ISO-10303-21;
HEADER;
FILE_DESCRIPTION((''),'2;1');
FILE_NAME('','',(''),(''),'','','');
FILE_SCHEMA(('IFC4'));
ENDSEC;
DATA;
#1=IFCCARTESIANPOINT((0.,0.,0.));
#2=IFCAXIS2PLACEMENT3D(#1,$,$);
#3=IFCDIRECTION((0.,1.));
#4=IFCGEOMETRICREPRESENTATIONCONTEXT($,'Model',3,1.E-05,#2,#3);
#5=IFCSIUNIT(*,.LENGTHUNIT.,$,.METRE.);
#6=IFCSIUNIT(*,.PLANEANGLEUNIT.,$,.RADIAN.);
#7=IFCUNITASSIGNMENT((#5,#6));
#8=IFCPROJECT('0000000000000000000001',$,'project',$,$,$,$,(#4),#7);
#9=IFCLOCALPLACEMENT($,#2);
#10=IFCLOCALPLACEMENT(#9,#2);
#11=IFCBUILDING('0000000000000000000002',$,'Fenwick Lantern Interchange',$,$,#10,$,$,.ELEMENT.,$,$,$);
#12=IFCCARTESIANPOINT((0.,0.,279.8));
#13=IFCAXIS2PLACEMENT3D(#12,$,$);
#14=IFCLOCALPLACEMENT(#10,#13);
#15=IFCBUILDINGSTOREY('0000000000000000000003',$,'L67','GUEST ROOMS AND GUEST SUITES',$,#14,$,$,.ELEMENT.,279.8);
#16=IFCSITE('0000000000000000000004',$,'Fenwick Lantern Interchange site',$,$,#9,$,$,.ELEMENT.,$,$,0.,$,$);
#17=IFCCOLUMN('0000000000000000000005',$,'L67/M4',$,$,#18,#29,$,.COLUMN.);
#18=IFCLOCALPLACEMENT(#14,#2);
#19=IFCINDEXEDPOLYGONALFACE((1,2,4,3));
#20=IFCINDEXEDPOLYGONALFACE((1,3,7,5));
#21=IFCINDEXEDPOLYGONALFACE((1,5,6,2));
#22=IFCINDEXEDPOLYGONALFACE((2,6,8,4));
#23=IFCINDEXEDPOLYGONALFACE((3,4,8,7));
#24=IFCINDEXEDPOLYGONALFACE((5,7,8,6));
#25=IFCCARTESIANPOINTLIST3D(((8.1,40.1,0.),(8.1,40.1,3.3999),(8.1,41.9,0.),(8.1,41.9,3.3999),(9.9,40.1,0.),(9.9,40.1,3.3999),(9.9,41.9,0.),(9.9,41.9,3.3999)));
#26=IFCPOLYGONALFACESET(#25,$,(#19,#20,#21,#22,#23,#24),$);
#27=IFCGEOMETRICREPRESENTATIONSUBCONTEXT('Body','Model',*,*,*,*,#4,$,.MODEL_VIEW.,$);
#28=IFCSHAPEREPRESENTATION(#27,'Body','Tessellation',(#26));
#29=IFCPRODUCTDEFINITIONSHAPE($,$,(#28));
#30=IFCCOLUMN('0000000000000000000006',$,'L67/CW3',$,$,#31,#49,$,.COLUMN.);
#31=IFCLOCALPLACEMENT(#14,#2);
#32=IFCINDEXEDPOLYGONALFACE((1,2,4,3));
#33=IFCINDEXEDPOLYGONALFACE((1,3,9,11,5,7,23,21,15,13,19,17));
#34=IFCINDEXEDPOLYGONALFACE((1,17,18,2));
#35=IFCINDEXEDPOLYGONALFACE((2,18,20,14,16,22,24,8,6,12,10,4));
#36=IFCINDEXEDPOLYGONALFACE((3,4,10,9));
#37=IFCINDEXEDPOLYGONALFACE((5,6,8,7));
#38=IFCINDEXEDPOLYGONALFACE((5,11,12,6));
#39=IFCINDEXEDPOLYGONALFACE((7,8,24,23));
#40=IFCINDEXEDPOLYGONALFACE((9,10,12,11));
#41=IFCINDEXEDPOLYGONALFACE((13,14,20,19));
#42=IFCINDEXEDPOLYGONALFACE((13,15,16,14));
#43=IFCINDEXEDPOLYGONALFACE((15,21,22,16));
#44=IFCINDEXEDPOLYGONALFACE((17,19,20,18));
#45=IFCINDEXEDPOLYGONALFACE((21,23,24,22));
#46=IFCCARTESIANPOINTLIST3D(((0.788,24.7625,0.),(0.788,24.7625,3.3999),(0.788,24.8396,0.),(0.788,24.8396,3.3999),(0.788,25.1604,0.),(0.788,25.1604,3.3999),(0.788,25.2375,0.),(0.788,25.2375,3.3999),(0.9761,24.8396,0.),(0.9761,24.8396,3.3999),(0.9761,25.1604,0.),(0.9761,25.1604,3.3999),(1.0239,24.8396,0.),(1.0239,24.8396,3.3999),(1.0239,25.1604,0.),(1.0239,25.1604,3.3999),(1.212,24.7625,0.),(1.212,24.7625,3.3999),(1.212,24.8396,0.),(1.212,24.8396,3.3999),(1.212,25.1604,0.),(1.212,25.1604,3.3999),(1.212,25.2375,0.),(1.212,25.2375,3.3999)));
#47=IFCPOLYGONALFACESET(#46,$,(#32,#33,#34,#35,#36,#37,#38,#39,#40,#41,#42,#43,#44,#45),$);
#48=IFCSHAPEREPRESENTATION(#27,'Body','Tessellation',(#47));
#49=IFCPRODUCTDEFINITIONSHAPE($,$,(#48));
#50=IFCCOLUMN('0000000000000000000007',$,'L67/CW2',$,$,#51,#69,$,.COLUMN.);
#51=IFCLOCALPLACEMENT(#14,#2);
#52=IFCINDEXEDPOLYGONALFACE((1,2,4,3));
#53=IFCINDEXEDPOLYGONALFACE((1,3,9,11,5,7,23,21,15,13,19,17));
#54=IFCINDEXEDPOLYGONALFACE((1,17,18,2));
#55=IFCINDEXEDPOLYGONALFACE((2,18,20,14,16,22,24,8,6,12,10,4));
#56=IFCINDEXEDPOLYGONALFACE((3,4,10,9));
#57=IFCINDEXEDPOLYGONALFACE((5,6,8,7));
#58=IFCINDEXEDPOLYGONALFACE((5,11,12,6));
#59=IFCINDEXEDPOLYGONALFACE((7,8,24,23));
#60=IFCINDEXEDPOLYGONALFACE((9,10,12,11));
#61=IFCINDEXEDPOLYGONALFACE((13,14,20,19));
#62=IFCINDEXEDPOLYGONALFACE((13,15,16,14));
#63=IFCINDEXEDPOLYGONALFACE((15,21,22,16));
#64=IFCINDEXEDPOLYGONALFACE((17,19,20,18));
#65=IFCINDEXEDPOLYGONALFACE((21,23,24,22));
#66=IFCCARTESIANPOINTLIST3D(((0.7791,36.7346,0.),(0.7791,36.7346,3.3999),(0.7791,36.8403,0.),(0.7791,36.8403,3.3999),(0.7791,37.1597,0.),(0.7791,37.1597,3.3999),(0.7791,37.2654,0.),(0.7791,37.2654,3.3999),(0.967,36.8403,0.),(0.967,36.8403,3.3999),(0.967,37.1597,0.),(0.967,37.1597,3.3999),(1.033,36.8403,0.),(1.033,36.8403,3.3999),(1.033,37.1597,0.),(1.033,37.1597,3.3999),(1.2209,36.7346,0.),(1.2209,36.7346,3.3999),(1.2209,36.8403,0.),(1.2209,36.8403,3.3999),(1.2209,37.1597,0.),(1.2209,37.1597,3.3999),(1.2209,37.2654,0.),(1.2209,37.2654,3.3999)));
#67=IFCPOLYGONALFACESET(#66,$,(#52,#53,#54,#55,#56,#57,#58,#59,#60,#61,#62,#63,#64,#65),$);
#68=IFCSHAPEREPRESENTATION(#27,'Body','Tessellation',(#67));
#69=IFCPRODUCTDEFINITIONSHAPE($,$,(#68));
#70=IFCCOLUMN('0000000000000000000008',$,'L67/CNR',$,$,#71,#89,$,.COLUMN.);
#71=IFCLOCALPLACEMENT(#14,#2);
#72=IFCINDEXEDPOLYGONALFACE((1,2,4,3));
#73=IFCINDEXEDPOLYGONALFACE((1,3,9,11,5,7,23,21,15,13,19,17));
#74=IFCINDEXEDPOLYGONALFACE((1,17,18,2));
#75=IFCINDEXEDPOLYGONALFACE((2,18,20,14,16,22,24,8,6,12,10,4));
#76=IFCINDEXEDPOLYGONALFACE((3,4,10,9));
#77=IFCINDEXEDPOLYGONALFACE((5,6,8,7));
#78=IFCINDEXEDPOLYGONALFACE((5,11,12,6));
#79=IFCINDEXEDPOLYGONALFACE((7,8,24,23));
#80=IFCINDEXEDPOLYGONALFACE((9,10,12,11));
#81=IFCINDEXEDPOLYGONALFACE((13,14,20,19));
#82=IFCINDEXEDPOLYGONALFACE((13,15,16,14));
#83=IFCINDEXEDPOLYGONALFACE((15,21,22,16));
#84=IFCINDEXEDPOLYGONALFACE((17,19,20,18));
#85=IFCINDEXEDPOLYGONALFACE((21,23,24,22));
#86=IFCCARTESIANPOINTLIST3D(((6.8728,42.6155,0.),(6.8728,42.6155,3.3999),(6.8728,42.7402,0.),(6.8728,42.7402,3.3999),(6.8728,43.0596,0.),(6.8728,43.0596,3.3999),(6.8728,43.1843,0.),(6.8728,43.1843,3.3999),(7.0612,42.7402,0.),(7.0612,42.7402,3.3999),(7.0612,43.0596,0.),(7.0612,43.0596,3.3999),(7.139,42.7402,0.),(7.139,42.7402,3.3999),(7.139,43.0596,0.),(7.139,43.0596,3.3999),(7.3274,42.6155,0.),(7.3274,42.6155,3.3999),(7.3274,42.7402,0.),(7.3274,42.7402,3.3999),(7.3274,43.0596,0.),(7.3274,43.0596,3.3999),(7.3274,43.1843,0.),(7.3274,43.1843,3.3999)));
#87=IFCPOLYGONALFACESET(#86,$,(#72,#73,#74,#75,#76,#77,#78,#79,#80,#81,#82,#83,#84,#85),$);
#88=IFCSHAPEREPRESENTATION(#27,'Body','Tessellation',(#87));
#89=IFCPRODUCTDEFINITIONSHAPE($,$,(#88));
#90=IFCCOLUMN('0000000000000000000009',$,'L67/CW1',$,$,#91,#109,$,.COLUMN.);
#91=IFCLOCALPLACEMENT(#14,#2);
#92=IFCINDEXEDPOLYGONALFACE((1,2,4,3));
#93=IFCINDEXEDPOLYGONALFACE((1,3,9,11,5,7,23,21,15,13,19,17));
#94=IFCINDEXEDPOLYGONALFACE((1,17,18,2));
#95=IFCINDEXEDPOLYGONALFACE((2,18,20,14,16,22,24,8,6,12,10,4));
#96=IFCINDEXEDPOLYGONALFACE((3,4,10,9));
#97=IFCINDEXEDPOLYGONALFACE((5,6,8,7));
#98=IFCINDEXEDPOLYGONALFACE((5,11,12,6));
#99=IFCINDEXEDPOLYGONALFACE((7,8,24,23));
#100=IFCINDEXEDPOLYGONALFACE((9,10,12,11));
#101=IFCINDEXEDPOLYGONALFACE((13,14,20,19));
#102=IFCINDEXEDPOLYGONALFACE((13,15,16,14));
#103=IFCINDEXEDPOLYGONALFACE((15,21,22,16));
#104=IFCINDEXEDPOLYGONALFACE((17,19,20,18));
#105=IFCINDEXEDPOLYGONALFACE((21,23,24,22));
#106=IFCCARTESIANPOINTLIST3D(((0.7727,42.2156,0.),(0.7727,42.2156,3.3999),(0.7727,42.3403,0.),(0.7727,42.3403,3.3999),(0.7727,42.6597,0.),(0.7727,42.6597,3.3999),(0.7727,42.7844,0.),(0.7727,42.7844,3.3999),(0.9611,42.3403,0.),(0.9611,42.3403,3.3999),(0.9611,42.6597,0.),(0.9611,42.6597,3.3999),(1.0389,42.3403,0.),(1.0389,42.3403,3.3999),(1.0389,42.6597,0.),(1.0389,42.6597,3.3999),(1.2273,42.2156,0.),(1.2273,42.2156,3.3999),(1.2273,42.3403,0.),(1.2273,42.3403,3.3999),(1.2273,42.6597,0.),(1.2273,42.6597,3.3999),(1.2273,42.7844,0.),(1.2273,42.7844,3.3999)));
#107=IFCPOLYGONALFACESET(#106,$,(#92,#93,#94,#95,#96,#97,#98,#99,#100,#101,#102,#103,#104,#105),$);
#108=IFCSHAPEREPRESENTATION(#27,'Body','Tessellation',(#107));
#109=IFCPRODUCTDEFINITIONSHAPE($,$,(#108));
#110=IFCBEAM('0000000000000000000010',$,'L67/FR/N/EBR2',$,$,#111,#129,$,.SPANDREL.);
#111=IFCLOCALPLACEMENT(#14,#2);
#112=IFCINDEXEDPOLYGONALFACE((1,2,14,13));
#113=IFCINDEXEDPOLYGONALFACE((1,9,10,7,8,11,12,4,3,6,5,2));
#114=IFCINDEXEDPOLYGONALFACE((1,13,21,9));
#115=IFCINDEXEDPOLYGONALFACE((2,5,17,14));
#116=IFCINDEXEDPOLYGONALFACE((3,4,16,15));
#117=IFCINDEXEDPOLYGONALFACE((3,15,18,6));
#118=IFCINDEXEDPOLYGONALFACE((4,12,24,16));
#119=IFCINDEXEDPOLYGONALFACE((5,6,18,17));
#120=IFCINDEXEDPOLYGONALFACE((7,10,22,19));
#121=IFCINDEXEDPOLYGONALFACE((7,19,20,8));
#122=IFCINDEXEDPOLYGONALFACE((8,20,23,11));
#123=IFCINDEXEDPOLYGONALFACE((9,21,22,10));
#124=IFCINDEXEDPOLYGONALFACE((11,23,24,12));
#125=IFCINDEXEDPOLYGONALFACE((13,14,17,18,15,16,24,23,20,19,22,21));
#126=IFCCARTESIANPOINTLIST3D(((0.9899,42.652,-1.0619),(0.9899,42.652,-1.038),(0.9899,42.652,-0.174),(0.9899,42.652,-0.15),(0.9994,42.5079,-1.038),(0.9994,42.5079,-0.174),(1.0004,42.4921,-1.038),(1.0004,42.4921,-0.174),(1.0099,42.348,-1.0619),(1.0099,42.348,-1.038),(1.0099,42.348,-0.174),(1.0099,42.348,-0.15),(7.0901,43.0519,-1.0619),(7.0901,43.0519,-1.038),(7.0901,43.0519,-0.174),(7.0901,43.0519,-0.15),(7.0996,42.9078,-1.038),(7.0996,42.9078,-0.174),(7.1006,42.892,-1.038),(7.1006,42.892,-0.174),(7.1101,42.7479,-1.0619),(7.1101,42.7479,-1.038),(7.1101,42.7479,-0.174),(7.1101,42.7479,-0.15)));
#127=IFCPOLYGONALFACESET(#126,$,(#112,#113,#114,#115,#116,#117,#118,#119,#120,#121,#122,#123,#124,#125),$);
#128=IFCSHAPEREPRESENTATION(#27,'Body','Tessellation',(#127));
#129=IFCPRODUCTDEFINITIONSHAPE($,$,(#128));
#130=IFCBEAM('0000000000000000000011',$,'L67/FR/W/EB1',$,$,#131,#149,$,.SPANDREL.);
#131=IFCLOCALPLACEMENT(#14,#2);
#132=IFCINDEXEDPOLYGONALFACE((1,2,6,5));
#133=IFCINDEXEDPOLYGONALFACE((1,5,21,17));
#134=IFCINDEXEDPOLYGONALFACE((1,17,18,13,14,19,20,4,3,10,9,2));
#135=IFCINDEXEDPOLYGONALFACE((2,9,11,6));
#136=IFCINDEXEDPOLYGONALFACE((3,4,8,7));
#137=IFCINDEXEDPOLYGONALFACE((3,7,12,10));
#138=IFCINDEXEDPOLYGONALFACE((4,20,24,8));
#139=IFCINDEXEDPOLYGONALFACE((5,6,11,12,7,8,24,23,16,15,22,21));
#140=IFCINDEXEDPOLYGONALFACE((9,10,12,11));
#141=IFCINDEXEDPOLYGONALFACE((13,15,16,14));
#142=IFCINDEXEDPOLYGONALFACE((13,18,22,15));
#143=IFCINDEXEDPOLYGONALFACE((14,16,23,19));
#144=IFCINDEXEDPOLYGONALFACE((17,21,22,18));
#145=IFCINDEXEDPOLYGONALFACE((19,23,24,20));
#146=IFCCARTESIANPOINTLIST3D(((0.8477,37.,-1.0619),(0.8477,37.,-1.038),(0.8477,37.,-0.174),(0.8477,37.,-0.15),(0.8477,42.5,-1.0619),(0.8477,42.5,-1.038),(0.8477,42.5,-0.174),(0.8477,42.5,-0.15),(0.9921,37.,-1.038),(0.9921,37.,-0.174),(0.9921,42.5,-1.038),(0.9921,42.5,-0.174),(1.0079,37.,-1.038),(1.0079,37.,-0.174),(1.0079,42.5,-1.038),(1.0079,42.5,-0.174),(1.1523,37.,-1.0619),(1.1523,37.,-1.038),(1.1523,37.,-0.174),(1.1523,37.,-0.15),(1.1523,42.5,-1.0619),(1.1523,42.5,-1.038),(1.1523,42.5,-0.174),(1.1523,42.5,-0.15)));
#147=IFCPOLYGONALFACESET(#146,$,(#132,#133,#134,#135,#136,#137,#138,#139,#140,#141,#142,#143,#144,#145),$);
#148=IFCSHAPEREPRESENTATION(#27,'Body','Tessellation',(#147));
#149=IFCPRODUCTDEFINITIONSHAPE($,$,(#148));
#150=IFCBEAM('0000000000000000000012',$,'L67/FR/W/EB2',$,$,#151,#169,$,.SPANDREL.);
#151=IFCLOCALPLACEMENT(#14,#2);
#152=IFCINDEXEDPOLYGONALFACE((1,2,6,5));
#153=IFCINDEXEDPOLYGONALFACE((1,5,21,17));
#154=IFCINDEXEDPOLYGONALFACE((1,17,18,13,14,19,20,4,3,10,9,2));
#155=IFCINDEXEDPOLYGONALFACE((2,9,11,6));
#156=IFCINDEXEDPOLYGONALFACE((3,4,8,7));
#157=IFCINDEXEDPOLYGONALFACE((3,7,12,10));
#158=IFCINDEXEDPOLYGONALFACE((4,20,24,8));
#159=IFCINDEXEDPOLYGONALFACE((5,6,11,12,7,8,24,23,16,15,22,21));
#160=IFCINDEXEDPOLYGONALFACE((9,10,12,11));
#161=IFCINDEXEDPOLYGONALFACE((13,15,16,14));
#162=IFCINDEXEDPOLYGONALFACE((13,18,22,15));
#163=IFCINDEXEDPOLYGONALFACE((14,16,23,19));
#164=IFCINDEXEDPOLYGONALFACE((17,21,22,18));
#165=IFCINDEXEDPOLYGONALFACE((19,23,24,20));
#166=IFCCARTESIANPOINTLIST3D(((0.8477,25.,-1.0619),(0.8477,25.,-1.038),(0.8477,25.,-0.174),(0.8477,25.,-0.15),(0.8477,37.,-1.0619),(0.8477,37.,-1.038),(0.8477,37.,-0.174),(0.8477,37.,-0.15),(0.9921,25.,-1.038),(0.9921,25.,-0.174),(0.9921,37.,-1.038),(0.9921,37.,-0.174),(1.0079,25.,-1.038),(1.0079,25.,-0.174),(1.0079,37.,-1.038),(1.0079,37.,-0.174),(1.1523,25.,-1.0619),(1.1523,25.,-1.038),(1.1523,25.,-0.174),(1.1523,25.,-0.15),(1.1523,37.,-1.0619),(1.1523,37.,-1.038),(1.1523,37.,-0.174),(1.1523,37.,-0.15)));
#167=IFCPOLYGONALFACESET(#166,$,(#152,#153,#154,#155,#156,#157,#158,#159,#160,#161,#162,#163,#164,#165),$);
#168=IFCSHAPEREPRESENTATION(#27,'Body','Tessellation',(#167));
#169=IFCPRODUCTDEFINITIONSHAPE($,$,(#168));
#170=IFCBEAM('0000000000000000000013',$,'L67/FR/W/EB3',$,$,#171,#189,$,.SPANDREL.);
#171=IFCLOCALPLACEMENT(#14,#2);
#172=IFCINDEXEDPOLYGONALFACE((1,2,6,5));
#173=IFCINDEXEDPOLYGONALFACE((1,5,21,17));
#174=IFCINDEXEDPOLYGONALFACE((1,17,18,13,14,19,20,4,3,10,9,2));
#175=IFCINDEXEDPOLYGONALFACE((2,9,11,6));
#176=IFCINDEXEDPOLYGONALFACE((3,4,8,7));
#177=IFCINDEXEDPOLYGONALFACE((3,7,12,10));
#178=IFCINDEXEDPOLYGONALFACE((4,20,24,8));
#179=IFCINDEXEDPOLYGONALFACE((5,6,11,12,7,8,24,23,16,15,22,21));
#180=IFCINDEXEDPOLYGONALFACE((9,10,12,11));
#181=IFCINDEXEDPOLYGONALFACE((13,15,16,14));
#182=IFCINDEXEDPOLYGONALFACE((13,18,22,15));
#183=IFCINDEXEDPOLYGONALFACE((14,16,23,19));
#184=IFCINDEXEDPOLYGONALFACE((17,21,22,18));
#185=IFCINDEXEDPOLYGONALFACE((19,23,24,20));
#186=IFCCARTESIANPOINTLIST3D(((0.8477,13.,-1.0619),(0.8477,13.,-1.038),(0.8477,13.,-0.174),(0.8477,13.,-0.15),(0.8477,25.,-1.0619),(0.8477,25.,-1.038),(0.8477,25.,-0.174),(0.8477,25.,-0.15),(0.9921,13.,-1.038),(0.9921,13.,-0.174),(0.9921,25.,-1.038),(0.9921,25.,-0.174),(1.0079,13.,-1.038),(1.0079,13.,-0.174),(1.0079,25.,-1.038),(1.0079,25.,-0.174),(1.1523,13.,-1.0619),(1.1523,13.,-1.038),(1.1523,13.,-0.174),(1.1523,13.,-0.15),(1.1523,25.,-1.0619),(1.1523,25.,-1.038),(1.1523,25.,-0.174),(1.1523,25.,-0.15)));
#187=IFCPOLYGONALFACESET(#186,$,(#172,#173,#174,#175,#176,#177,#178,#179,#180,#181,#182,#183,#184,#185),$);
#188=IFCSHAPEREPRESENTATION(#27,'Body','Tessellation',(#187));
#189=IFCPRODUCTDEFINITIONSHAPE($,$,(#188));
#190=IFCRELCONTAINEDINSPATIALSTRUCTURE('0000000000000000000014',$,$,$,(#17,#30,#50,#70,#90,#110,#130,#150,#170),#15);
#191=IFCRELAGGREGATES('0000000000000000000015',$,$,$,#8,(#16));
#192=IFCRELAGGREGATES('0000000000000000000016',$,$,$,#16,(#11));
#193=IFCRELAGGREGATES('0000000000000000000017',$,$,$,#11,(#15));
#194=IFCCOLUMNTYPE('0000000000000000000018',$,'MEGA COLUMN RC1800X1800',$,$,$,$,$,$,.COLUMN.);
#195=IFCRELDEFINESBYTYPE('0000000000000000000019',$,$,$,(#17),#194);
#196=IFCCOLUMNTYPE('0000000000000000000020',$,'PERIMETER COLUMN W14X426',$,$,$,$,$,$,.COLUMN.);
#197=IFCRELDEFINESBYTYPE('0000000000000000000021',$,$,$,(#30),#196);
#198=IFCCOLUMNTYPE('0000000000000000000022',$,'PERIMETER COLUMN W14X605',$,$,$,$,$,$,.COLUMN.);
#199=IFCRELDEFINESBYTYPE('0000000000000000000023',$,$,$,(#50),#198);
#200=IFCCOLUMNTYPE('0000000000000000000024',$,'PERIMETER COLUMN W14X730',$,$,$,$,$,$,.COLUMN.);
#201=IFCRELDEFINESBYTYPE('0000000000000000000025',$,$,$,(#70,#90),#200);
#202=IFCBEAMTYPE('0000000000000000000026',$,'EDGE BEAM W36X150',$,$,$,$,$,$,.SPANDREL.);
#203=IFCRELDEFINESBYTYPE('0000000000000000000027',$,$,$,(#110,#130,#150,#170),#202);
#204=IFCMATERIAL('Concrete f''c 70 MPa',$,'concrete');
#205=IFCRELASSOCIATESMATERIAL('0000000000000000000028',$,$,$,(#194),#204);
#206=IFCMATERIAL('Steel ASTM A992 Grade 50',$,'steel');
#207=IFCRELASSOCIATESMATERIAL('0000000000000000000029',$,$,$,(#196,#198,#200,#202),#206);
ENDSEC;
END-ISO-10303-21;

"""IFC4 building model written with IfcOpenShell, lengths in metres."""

from ifc_helpers import new_model, si_unit, direction, frame, origin, origin_2d, place, context, subcontext, project, spatial, rectangle, i_section, extrude, material, material_profile, profile_set, type_object, element, save


model = new_model("IFC4")

# Units and contexts
model_context = context("Model", 3, precision=1e-05, world=origin(), true_north=direction((0.0, 1.0)))
body_context = subcontext(model_context, "Body", "Model", "MODEL_VIEW")
ifc_project = project(units=[si_unit("LENGTHUNIT", "METRE"), si_unit("PLANEANGLEUNIT", "RADIAN")], contexts=[model_context])

# Site, building, storey
site_placement = place(None, origin())
site = spatial("IfcSite", under=ifc_project, at=site_placement, Name="Fenwick Lantern Interchange site", CompositionType="ELEMENT", RefElevation=0.0)
building_placement = place(site_placement, origin())
building = spatial("IfcBuilding", under=site, at=building_placement, Name="Fenwick Lantern Interchange", CompositionType="ELEMENT")
storey_placement = place(building_placement, frame((0.0, 0.0, 279.8)))
storey = spatial("IfcBuildingStorey", under=building, at=storey_placement, Name="L67", Description="GUEST ROOMS AND GUEST SUITES", CompositionType="ELEMENT", Elevation=279.8)

# Columns
ifc_material_1 = material(Name="Concrete f'c 70 MPa", Category="concrete")
ifc_material_profile_1 = material_profile(ifc_material_1, rectangle(XDim=1.8, YDim=1.8, at=origin_2d()), Name="RC1800X1800")
ifc_profile_set_1 = profile_set([ifc_material_profile_1], Name="Concrete f'c 70 MPa")
column_type_1 = type_object("IfcColumnType", Name="MEGA COLUMN RC1800X1800", PredefinedType="COLUMN", material=ifc_profile_set_1)
column_1_placement = place(storey_placement, frame((9.0, 41.0, 0.0), z_axis=(0.0, 0.0, 1.0), x_axis=(1.0, 0.0, 0.0)))
element("IfcColumn", 1, at=column_1_placement, inside=storey, type_object=column_type_1, Name="L67/M4", PredefinedType="COLUMN", context=body_context, shape_type="SweptSolid", body=[
    extrude(rectangle(XDim=1.8, YDim=1.8, at=origin_2d()), origin(), (0.0, 0.0, 1.0), 3.3999),
])
ifc_material_2 = material(Name="Steel ASTM A992 Grade 50", Category="steel")
ifc_material_profile_2 = material_profile(ifc_material_2, i_section(OverallWidth=0.4241, OverallDepth=0.4751, WebThickness=0.0479, FlangeThickness=0.0771, at=origin_2d()), Name="W14X426")
ifc_profile_set_2 = profile_set([ifc_material_profile_2], Name="Steel ASTM A992 Grade 50")
column_type_2 = type_object("IfcColumnType", Name="PERIMETER COLUMN W14X426", PredefinedType="COLUMN", material=ifc_profile_set_2)
column_2_placement = place(storey_placement, frame((1.0, 25.0, 0.0), z_axis=(0.0, 0.0, 1.0), x_axis=(1.0, 0.0, 0.0)))
element("IfcColumn", 2, at=column_2_placement, inside=storey, type_object=column_type_2, Name="L67/CW3", PredefinedType="COLUMN", context=body_context, shape_type="SweptSolid", body=[
    extrude(i_section(OverallWidth=0.4241, OverallDepth=0.4751, WebThickness=0.0479, FlangeThickness=0.0771, at=origin_2d()), origin(), (0.0, 0.0, 1.0), 3.3999),
])
ifc_material_profile_3 = material_profile(ifc_material_2, i_section(OverallWidth=0.4419, OverallDepth=0.5308, WebThickness=0.0659, FlangeThickness=0.1057, at=origin_2d()), Name="W14X605")
ifc_profile_set_3 = profile_set([ifc_material_profile_3], Name="Steel ASTM A992 Grade 50")
column_type_3 = type_object("IfcColumnType", Name="PERIMETER COLUMN W14X605", PredefinedType="COLUMN", material=ifc_profile_set_3)
column_3_placement = place(storey_placement, frame((1.0, 37.0, 0.0), z_axis=(0.0, 0.0, 1.0), x_axis=(1.0, 0.0, 0.0)))
element("IfcColumn", 3, at=column_3_placement, inside=storey, type_object=column_type_3, Name="L67/CW2", PredefinedType="COLUMN", context=body_context, shape_type="SweptSolid", body=[
    extrude(i_section(OverallWidth=0.4419, OverallDepth=0.5308, WebThickness=0.0659, FlangeThickness=0.1057, at=origin_2d()), origin(), (0.0, 0.0, 1.0), 3.3999),
])
ifc_material_profile_4 = material_profile(ifc_material_2, i_section(OverallWidth=0.4546, OverallDepth=0.5688, WebThickness=0.0779, FlangeThickness=0.1248, at=origin_2d()), Name="W14X730")
ifc_profile_set_4 = profile_set([ifc_material_profile_4], Name="Steel ASTM A992 Grade 50")
column_type_4 = type_object("IfcColumnType", Name="PERIMETER COLUMN W14X730", PredefinedType="COLUMN", material=ifc_profile_set_4)
for number, where, z_axis, x_axis, name in (
    (4, (7.1001, 42.8999, 0.0), (0.0, 0.0, 1.0), (1.0, 0.0, 0.0), "L67/CNR"),
    (5, (1.0, 42.5, 0.0), (0.0, 0.0, 1.0), (1.0, 0.0, 0.0), "L67/CW1"),
):
    element("IfcColumn", number, at=place(storey_placement, frame(where, z_axis=z_axis, x_axis=x_axis)), inside=storey, type_object=column_type_4, Name=name, PredefinedType="COLUMN", context=body_context, shape_type="SweptSolid", body=[
        extrude(i_section(OverallWidth=0.4546, OverallDepth=0.5688, WebThickness=0.0779, FlangeThickness=0.1248, at=origin_2d()), origin(), (0.0, 0.0, 1.0), 3.3999),
    ])

# Beams
ifc_material_profile_5 = material_profile(ifc_material_2, i_section(OverallWidth=0.3047, OverallDepth=0.9119, WebThickness=0.0159, FlangeThickness=0.0239, at=origin_2d()), Name="W36X150")
ifc_profile_set_5 = profile_set([ifc_material_profile_5], Name="Steel ASTM A992 Grade 50")
beam_type_1 = type_object("IfcBeamType", Name="EDGE BEAM W36X150", PredefinedType="SPANDREL", material=ifc_profile_set_5)
beam_1_placement = place(storey_placement, frame((7.1001, 42.8999, -0.606), z_axis=(-0.997858, -0.065416, 0.0), x_axis=(0.065416, -0.997858, 0.0)))
element("IfcBeam", 6, at=beam_1_placement, inside=storey, type_object=beam_type_1, Name="L67/FR/N/EBR2", PredefinedType="SPANDREL", context=body_context, shape_type="SweptSolid", body=[
    extrude(i_section(OverallWidth=0.3047, OverallDepth=0.9119, WebThickness=0.0159, FlangeThickness=0.0239, at=origin_2d()), origin(), (0.0, 0.0, 1.0), 6.1133),
])
beam_2_placement = place(storey_placement, frame((1.0, 42.5, -0.606), z_axis=(0.0, -1.0, 0.0), x_axis=(1.0, 0.0, 0.0)))
element("IfcBeam", 7, at=beam_2_placement, inside=storey, type_object=beam_type_1, Name="L67/FR/W/EB1", PredefinedType="SPANDREL", context=body_context, shape_type="SweptSolid", body=[
    extrude(i_section(OverallWidth=0.3047, OverallDepth=0.9119, WebThickness=0.0159, FlangeThickness=0.0239, at=origin_2d()), origin(), (0.0, 0.0, 1.0), 5.5),
])
for number, where, z_axis, x_axis, name in (
    (8, (1.0, 37.0, -0.606), (0.0, -1.0, 0.0), (1.0, 0.0, 0.0), "L67/FR/W/EB2"),
    (9, (1.0, 25.0, -0.606), (0.0, -1.0, 0.0), (1.0, 0.0, 0.0), "L67/FR/W/EB3"),
):
    element("IfcBeam", number, at=place(storey_placement, frame(where, z_axis=z_axis, x_axis=x_axis)), inside=storey, type_object=beam_type_1, Name=name, PredefinedType="SPANDREL", context=body_context, shape_type="SweptSolid", body=[
        extrude(i_section(OverallWidth=0.3047, OverallDepth=0.9119, WebThickness=0.0159, FlangeThickness=0.0239, at=origin_2d()), origin(), (0.0, 0.0, 1.0), 12.0),
    ])

save(model, "model.ifc")
